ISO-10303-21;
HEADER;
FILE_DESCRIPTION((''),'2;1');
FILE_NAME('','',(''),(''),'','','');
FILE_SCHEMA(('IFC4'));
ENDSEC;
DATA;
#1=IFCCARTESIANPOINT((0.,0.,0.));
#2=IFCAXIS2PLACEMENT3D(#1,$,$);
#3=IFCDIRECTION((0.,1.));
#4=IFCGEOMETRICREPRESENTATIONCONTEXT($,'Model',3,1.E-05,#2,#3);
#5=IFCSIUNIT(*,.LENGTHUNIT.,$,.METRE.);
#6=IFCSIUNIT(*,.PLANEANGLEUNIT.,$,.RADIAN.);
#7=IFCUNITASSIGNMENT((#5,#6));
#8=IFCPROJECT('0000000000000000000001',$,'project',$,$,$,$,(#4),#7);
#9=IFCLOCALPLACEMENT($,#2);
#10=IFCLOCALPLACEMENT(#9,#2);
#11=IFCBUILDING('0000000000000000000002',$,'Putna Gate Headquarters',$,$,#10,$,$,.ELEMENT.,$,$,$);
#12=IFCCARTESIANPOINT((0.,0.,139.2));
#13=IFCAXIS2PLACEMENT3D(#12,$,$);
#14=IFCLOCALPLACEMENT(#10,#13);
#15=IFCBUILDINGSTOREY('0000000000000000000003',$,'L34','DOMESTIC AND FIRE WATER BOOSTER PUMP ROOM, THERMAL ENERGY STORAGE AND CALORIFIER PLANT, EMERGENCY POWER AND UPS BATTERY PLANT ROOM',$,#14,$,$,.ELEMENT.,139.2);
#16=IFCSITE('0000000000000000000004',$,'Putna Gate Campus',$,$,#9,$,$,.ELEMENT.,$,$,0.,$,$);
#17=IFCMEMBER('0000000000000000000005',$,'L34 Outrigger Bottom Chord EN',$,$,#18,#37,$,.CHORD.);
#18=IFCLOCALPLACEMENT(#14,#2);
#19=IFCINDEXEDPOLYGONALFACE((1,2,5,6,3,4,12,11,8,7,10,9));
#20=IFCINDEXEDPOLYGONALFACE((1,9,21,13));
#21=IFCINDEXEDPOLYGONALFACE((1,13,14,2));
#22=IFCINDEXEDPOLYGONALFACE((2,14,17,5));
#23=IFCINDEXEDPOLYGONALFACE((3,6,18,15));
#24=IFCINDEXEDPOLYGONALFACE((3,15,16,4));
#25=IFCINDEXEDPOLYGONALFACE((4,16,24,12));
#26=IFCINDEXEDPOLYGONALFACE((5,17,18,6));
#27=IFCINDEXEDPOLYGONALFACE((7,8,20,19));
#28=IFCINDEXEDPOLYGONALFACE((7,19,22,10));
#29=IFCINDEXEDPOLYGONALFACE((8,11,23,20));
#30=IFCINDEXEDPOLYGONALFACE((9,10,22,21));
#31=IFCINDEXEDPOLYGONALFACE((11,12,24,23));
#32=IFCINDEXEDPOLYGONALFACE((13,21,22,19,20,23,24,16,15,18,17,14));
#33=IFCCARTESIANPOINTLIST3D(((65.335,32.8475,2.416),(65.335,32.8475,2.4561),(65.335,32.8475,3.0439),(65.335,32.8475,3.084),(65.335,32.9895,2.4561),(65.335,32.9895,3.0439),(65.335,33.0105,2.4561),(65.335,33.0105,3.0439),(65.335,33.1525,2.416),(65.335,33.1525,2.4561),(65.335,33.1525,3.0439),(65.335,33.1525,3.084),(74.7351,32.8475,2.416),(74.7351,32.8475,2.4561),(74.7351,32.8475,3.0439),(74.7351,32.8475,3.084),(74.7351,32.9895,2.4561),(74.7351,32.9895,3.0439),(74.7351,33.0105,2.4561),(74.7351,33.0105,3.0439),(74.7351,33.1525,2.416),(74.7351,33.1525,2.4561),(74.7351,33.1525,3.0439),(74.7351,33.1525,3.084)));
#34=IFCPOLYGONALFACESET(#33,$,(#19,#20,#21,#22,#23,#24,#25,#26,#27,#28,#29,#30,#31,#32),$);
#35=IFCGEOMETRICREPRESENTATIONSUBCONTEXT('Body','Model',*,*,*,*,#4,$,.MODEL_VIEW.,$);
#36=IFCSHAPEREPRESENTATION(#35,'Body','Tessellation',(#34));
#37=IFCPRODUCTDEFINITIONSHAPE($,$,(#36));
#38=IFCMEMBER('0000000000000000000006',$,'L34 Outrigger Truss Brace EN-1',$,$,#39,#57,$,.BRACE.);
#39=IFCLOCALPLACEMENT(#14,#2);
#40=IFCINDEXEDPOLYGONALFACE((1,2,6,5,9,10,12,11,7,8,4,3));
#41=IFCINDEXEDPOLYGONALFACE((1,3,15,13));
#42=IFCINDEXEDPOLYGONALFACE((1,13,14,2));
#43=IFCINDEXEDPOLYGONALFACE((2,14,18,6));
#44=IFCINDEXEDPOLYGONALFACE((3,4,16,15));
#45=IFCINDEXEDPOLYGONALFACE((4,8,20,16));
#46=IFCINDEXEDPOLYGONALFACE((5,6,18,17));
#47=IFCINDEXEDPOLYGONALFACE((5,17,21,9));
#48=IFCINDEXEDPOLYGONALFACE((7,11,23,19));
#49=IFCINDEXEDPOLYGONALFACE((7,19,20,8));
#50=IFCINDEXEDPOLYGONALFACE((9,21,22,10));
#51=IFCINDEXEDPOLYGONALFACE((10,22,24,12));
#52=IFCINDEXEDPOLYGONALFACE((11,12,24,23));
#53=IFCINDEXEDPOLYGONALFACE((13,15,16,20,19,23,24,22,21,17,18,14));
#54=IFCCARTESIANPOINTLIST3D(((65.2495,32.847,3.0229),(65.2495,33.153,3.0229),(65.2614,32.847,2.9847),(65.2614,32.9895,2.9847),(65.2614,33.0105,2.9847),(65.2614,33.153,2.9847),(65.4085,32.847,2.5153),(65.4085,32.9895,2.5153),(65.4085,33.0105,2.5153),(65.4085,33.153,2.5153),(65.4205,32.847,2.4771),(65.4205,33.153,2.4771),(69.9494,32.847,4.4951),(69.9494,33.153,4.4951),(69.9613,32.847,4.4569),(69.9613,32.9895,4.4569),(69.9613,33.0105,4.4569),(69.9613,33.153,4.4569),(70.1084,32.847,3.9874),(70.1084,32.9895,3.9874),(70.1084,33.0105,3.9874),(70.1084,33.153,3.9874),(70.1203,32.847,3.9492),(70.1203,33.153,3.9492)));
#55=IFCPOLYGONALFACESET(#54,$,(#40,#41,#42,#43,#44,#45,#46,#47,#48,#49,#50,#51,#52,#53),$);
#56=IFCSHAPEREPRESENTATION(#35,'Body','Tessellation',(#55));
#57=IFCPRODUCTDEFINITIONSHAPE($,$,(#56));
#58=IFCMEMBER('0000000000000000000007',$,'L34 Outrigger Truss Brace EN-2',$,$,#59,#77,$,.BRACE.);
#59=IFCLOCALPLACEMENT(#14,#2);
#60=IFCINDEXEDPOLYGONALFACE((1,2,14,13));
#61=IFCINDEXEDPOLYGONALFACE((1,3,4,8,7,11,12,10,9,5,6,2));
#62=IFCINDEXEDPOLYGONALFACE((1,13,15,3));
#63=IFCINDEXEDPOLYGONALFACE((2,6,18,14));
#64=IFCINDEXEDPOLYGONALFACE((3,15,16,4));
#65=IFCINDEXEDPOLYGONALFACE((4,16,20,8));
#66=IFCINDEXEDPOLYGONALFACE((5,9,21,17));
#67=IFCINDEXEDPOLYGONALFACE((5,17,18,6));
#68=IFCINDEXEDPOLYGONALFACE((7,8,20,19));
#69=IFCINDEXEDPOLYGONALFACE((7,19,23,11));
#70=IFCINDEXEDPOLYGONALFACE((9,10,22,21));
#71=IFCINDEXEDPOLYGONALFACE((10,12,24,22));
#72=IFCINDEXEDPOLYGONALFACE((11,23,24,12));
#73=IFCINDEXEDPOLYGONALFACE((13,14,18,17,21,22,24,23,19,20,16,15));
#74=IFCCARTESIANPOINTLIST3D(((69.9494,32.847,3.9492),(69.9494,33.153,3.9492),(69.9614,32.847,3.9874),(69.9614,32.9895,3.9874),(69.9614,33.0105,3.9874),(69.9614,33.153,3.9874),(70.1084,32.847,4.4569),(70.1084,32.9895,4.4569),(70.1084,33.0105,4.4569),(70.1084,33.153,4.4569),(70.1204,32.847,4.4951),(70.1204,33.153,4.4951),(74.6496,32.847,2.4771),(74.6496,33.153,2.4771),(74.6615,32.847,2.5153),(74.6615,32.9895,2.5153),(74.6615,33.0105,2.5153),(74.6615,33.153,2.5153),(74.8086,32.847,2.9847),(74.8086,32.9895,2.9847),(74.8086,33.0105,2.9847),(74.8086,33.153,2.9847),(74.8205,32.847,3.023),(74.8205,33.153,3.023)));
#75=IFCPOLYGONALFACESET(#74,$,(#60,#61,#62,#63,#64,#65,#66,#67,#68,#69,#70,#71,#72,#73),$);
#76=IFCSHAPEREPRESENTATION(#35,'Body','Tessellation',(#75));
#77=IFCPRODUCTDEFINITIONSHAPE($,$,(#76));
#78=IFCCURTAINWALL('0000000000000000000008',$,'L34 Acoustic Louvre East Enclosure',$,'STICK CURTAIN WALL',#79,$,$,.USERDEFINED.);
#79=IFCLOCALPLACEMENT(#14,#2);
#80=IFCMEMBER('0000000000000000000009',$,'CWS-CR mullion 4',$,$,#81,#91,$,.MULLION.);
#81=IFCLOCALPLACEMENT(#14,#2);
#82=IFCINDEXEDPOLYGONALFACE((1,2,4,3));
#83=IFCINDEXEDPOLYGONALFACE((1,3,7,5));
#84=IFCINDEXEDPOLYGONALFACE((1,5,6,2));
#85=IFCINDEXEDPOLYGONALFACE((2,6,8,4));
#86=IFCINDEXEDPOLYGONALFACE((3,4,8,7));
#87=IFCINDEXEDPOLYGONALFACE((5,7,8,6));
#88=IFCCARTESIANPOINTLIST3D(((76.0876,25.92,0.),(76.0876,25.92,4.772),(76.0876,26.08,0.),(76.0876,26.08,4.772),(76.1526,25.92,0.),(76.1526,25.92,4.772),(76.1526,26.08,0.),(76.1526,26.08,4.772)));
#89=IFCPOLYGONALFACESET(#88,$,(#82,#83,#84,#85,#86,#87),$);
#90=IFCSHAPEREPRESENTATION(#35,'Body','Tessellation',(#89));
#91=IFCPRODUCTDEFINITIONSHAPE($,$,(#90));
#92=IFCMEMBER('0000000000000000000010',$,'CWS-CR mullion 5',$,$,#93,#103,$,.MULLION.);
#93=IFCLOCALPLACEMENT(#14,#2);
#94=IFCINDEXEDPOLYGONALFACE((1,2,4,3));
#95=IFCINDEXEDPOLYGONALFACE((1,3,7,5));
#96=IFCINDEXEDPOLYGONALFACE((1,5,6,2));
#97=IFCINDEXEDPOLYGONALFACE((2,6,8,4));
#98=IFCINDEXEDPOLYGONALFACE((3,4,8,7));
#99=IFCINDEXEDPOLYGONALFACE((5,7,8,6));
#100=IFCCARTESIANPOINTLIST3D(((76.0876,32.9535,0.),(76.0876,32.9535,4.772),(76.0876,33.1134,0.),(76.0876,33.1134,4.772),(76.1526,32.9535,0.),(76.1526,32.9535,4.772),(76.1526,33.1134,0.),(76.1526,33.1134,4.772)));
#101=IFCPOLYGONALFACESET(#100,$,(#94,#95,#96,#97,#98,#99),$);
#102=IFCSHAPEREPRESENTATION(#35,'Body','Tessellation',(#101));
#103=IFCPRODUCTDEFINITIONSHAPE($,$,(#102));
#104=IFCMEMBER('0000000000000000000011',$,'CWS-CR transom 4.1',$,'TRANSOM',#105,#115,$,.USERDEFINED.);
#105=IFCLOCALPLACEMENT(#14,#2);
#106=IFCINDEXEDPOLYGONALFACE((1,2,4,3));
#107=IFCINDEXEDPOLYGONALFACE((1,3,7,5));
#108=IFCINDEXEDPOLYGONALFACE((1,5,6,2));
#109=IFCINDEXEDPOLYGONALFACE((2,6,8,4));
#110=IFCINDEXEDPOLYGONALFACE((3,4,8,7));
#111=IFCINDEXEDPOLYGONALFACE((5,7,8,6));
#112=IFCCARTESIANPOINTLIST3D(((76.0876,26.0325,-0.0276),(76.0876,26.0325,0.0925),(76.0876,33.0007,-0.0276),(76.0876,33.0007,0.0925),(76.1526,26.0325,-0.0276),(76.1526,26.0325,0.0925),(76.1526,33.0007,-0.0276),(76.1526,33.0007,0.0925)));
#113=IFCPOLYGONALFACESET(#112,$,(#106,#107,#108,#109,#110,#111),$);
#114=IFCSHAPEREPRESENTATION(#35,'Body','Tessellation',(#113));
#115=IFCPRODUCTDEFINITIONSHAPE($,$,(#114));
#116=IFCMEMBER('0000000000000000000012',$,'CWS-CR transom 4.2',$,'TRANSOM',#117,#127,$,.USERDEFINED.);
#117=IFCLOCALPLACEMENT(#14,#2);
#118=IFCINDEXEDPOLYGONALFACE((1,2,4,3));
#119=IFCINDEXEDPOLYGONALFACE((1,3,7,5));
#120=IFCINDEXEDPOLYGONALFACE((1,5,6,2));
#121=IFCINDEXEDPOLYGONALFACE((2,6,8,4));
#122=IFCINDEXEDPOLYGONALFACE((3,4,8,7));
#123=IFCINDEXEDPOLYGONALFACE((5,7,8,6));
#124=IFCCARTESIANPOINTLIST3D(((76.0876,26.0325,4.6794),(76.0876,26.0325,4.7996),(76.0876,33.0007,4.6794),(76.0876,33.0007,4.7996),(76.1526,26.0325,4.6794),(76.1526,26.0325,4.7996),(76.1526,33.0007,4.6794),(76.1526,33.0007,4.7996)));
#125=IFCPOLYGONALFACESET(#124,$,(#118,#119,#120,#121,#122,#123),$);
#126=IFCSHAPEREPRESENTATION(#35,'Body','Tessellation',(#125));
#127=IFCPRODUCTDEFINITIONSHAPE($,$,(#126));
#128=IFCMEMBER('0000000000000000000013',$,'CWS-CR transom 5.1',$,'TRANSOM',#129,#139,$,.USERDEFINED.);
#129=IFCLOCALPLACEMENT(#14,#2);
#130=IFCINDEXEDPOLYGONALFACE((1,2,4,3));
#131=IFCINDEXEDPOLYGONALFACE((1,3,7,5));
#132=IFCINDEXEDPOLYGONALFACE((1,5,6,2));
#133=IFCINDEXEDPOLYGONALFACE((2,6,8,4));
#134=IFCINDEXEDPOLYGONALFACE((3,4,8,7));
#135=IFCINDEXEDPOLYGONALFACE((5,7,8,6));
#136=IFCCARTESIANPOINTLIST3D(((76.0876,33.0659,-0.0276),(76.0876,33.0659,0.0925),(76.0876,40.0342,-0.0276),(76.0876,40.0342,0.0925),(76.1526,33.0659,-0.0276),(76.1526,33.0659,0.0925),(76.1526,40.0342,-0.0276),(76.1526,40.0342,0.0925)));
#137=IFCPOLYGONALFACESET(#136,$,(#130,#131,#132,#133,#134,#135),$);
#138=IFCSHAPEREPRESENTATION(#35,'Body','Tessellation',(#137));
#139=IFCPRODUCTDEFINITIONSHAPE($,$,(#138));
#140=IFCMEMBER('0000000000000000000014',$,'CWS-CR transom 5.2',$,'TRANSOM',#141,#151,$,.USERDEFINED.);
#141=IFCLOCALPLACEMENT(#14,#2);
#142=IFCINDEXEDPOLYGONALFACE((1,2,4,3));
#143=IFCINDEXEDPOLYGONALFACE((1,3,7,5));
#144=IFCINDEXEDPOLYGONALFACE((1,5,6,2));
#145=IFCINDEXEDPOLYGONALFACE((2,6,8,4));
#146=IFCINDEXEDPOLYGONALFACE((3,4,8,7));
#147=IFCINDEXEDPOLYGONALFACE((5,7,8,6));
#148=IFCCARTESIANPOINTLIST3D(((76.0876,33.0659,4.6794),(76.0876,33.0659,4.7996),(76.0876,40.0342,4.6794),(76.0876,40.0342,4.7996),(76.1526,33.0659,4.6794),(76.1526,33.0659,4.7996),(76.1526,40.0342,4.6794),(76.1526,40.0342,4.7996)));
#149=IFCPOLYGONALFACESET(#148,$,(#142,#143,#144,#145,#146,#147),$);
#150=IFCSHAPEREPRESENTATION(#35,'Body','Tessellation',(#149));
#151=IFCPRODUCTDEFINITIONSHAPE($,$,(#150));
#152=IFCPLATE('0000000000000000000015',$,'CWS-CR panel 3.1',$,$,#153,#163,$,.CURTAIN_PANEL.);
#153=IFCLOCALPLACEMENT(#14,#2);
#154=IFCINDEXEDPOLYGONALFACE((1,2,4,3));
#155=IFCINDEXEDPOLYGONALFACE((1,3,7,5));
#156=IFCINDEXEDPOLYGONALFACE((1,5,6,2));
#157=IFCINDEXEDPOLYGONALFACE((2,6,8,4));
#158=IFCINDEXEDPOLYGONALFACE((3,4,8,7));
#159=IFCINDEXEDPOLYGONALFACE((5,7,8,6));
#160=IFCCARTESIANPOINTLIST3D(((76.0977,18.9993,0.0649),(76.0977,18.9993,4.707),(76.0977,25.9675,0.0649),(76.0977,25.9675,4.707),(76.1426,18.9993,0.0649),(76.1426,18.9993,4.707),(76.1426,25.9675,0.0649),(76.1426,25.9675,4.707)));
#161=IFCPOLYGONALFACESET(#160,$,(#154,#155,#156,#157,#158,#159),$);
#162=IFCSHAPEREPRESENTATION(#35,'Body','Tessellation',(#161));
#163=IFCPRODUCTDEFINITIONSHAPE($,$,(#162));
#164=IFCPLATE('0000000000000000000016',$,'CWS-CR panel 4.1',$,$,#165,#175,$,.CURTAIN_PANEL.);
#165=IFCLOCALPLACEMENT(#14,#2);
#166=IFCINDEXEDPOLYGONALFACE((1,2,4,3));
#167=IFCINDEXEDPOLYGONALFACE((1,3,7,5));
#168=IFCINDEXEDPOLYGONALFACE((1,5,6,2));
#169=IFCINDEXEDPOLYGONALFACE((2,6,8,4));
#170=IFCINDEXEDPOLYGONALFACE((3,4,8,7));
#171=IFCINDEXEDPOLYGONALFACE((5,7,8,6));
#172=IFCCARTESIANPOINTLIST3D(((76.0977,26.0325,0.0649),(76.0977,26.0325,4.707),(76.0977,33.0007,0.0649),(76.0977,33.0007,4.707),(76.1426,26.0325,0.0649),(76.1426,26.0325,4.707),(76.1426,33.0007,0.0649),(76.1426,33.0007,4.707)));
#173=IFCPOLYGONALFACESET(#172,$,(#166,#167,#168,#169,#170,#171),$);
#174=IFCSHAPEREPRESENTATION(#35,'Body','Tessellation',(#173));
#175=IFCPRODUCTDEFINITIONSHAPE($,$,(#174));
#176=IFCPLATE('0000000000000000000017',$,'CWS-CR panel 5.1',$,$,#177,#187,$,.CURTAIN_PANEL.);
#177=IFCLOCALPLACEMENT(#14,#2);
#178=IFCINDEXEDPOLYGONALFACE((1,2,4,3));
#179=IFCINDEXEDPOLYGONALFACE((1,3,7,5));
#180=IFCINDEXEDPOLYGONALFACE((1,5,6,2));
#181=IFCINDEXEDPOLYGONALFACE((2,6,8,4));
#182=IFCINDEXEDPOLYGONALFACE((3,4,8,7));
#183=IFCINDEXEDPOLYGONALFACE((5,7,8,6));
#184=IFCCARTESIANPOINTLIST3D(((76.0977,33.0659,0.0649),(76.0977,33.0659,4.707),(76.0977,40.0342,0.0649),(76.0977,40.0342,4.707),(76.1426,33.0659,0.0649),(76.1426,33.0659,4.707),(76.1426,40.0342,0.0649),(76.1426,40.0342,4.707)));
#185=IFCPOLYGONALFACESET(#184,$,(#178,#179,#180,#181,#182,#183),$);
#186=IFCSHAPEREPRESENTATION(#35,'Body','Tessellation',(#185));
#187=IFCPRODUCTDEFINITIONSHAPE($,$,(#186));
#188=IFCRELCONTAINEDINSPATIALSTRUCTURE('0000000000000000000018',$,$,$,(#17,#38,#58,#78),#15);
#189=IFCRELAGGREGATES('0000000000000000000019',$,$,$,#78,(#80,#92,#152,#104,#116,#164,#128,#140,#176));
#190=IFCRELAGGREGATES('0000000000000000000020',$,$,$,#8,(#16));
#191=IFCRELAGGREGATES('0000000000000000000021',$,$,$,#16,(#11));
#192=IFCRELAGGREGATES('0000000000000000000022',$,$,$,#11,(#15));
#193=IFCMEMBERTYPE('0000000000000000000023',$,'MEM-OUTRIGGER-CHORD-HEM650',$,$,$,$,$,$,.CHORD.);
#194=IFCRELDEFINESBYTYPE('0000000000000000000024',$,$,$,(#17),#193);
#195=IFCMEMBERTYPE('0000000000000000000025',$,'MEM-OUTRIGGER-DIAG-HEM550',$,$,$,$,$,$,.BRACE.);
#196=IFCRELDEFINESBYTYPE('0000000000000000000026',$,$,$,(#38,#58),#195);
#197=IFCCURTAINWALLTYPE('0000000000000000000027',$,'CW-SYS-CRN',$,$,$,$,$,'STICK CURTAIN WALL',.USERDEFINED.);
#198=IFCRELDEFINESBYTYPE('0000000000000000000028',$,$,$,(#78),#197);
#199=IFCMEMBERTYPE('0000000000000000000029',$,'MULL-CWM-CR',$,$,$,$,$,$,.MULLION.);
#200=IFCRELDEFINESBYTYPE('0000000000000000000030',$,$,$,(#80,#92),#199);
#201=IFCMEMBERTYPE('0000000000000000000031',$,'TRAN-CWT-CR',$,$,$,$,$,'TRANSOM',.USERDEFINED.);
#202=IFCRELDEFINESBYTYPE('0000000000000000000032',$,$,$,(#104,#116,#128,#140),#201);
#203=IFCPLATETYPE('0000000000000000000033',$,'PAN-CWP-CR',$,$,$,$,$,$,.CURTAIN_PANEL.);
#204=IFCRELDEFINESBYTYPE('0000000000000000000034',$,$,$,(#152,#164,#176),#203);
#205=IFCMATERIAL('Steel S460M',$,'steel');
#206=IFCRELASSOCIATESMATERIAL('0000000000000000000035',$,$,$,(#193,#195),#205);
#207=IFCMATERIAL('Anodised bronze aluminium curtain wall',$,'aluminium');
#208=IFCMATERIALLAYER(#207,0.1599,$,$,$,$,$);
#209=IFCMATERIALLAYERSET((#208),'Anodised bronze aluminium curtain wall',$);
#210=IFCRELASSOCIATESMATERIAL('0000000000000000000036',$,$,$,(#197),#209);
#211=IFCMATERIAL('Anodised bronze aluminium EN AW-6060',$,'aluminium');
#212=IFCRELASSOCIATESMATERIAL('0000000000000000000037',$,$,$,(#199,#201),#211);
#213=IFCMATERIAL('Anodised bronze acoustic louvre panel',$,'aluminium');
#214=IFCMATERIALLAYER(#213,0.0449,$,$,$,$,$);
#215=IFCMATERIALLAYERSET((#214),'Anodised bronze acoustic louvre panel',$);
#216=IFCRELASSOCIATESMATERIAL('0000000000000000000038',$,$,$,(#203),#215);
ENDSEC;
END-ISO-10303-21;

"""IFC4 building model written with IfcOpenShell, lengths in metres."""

from ifc_helpers import new_model, si_unit, direction, frame, origin, origin_2d, place, context, subcontext, project, spatial, rectangle, i_section, extrude, material, layer, layer_set, material_profile, profile_set, type_object, element, aggregate, save


model = new_model("IFC4")

# Units and contexts
model_context = context("Model", 3, precision=1e-05, world=origin(), true_north=direction((0.0, 1.0)))
body_context = subcontext(model_context, "Body", "Model", "MODEL_VIEW")
ifc_project = project(units=[si_unit("LENGTHUNIT", "METRE"), si_unit("PLANEANGLEUNIT", "RADIAN")], contexts=[model_context])

# Site, building, storey
site_placement = place(None, origin())
site = spatial("IfcSite", under=ifc_project, at=site_placement, Name="Putna Gate Campus", CompositionType="ELEMENT", RefElevation=0.0)
building_placement = place(site_placement, origin())
building = spatial("IfcBuilding", under=site, at=building_placement, Name="Putna Gate Headquarters", CompositionType="ELEMENT")
storey_placement = place(building_placement, frame((0.0, 0.0, 139.2)))
storey = spatial("IfcBuildingStorey", under=building, at=storey_placement, Name="L34", Description="DOMESTIC AND FIRE WATER BOOSTER PUMP ROOM, THERMAL ENERGY STORAGE AND CALORIFIER PLANT, EMERGENCY POWER AND UPS BATTERY PLANT ROOM", CompositionType="ELEMENT", Elevation=139.2)

# Members
ifc_material_1 = material(Name="Steel S460M", Category="steel")
ifc_material_profile_1 = material_profile(ifc_material_1, i_section(OverallWidth=0.3049, OverallDepth=0.668, WebThickness=0.021, FlangeThickness=0.04, at=origin_2d()), Name="Steel S460M")
ifc_profile_set_1 = profile_set([ifc_material_profile_1], Name="Steel S460M")
member_type_1 = type_object("IfcMemberType", Name="MEM-OUTRIGGER-CHORD-HEM650", PredefinedType="CHORD", material=ifc_profile_set_1)
member_1_placement = place(storey_placement, frame((65.335, 33.0, 2.75), z_axis=(1.0, 0.0, 0.0), x_axis=(0.0, 1.0, 0.0)))
element("IfcMember", 1, at=member_1_placement, inside=storey, type_object=member_type_1, Name="L34 Outrigger Bottom Chord EN", PredefinedType="CHORD", context=body_context, shape_type="SweptSolid", body=[
    extrude(i_section(OverallWidth=0.3049, OverallDepth=0.668, WebThickness=0.021, FlangeThickness=0.04, at=origin_2d()), origin(), (0.0, 0.0, 1.0), 9.4001),
])
ifc_material_profile_2 = material_profile(ifc_material_1, i_section(OverallWidth=0.3059, OverallDepth=0.572, WebThickness=0.021, FlangeThickness=0.04, at=origin_2d()), Name="Steel S460M")
ifc_profile_set_2 = profile_set([ifc_material_profile_2], Name="Steel S460M")
member_type_2 = type_object("IfcMemberType", Name="MEM-OUTRIGGER-DIAG-HEM550", PredefinedType="BRACE", material=ifc_profile_set_2)
member_2_placement = place(storey_placement, frame((65.335, 33.0, 2.75), z_axis=(0.954281, 0.0, 0.29891), x_axis=(0.0, 1.0, 0.0)))
element("IfcMember", 2, at=member_2_placement, inside=storey, type_object=member_type_2, Name="L34 Outrigger Truss Brace EN-1", PredefinedType="BRACE", context=body_context, shape_type="SweptSolid", body=[
    extrude(i_section(OverallWidth=0.3059, OverallDepth=0.572, WebThickness=0.021, FlangeThickness=0.04, at=origin_2d()), origin(), (0.0, 0.0, 1.0), 4.925),
])
member_3_placement = place(storey_placement, frame((70.0349, 33.0, 4.2222), z_axis=(0.954286, 0.0, -0.298896), x_axis=(0.0, 1.0, 0.0)))
element("IfcMember", 3, at=member_3_placement, inside=storey, type_object=member_type_2, Name="L34 Outrigger Truss Brace EN-2", PredefinedType="BRACE", context=body_context, shape_type="SweptSolid", body=[
    extrude(i_section(OverallWidth=0.3059, OverallDepth=0.572, WebThickness=0.021, FlangeThickness=0.04, at=origin_2d()), origin(), (0.0, 0.0, 1.0), 4.9253),
])

# Curtain wall, members, plates
ifc_material_2 = material(Name="Anodised bronze aluminium curtain wall", Category="aluminium")
ifc_layer_1 = layer(ifc_material_2, 0.1599)
ifc_layer_set_1 = layer_set([ifc_layer_1], Name="Anodised bronze aluminium curtain wall")
curtain_wall_type = type_object("IfcCurtainWallType", Name="CW-SYS-CRN", ElementType="STICK CURTAIN WALL", PredefinedType="USERDEFINED", material=ifc_layer_set_1)
curtain_wall_placement = place(storey_placement, origin())
curtain_wall = element("IfcCurtainWall", 4, at=curtain_wall_placement, inside=storey, type_object=curtain_wall_type, Name="L34 Acoustic Louvre East Enclosure", ObjectType="STICK CURTAIN WALL", PredefinedType="USERDEFINED")
ifc_material_3 = material(Name="Anodised bronze aluminium EN AW-6060", Category="aluminium")
ifc_material_profile_3 = material_profile(ifc_material_3, rectangle(XDim=0.0649, YDim=0.1599, at=origin_2d()), Name="Anodised bronze aluminium EN AW-6060")
ifc_profile_set_3 = profile_set([ifc_material_profile_3], Name="Anodised bronze aluminium EN AW-6060")
member_type_3 = type_object("IfcMemberType", Name="MULL-CWM-CR", PredefinedType="MULLION", material=ifc_profile_set_3)
member_4_placement = place(storey_placement, frame((76.1201, 26.0, 0.0), z_axis=(0.0, 0.0, 1.0), x_axis=(-1.0, 0.0, 0.0)))
member_4 = element("IfcMember", 5, at=member_4_placement, type_object=member_type_3, Name="CWS-CR mullion 4", PredefinedType="MULLION", context=body_context, shape_type="SweptSolid", body=[
    extrude(rectangle(XDim=0.0649, YDim=0.1599, at=origin_2d()), origin(), (0.0, 0.0, 1.0), 4.772),
])
member_5_placement = place(storey_placement, frame((76.1201, 33.0334, 0.0), z_axis=(0.0, 0.0, 1.0), x_axis=(-1.0, 0.0, 0.0)))
member_5 = element("IfcMember", 6, at=member_5_placement, type_object=member_type_3, Name="CWS-CR mullion 5", PredefinedType="MULLION", context=body_context, shape_type="SweptSolid", body=[
    extrude(rectangle(XDim=0.0649, YDim=0.1599, at=origin_2d()), origin(), (0.0, 0.0, 1.0), 4.772),
])
ifc_material_profile_4 = material_profile(ifc_material_3, rectangle(XDim=0.0649, YDim=0.1201, at=origin_2d()), Name="Anodised bronze aluminium EN AW-6060")
ifc_profile_set_4 = profile_set([ifc_material_profile_4], Name="Anodised bronze aluminium EN AW-6060")
member_type_4 = type_object("IfcMemberType", Name="TRAN-CWT-CR", ElementType="TRANSOM", PredefinedType="USERDEFINED", material=ifc_profile_set_4)
member_6_placement = place(storey_placement, frame((76.1201, 26.0325, 0.0325), z_axis=(0.0, 1.0, 0.0), x_axis=(-1.0, 0.0, 0.0)))
member_6 = element("IfcMember", 7, at=member_6_placement, type_object=member_type_4, Name="CWS-CR transom 4.1", ObjectType="TRANSOM", PredefinedType="USERDEFINED", context=body_context, shape_type="SweptSolid", body=[
    extrude(rectangle(XDim=0.0649, YDim=0.1201, at=origin_2d()), origin(), (0.0, 0.0, 1.0), 6.9683),
])
member_7_placement = place(storey_placement, frame((76.1201, 26.0325, 4.7395), z_axis=(0.0, 1.0, 0.0), x_axis=(-1.0, 0.0, 0.0)))
member_7 = element("IfcMember", 8, at=member_7_placement, type_object=member_type_4, Name="CWS-CR transom 4.2", ObjectType="TRANSOM", PredefinedType="USERDEFINED", context=body_context, shape_type="SweptSolid", body=[
    extrude(rectangle(XDim=0.0649, YDim=0.1201, at=origin_2d()), origin(), (0.0, 0.0, 1.0), 6.9683),
])
member_8_placement = place(storey_placement, frame((76.1201, 33.0659, 0.0325), z_axis=(0.0, 1.0, 0.0), x_axis=(-1.0, 0.0, 0.0)))
member_8 = element("IfcMember", 9, at=member_8_placement, type_object=member_type_4, Name="CWS-CR transom 5.1", ObjectType="TRANSOM", PredefinedType="USERDEFINED", context=body_context, shape_type="SweptSolid", body=[
    extrude(rectangle(XDim=0.0649, YDim=0.1201, at=origin_2d()), origin(), (0.0, 0.0, 1.0), 6.9683),
])
member_9_placement = place(storey_placement, frame((76.1201, 33.0659, 4.7395), z_axis=(0.0, 1.0, 0.0), x_axis=(-1.0, 0.0, 0.0)))
member_9 = element("IfcMember", 10, at=member_9_placement, type_object=member_type_4, Name="CWS-CR transom 5.2", ObjectType="TRANSOM", PredefinedType="USERDEFINED", context=body_context, shape_type="SweptSolid", body=[
    extrude(rectangle(XDim=0.0649, YDim=0.1201, at=origin_2d()), origin(), (0.0, 0.0, 1.0), 6.9683),
])
ifc_material_4 = material(Name="Anodised bronze acoustic louvre panel", Category="aluminium")
ifc_layer_2 = layer(ifc_material_4, 0.0449)
ifc_layer_set_2 = layer_set([ifc_layer_2], Name="Anodised bronze acoustic louvre panel")
plate_type_1 = type_object("IfcPlateType", Name="PAN-CWP-CR", PredefinedType="CURTAIN_PANEL", material=ifc_layer_set_2)
plate_1_placement = place(storey_placement, frame((76.1201, 22.4834, 0.0649), z_axis=(0.0, 0.0, 1.0), x_axis=(0.0, 1.0, 0.0)))
plate_1 = element("IfcPlate", 11, at=plate_1_placement, type_object=plate_type_1, Name="CWS-CR panel 3.1", PredefinedType="CURTAIN_PANEL", context=body_context, shape_type="SweptSolid", body=[
    extrude(rectangle(XDim=6.9683, YDim=0.0449, at=origin_2d()), origin(), (0.0, 0.0, 1.0), 4.6421),
])
plate_2_placement = place(storey_placement, frame((76.1201, 29.5166, 0.0649), z_axis=(0.0, 0.0, 1.0), x_axis=(0.0, 1.0, 0.0)))
plate_2 = element("IfcPlate", 12, at=plate_2_placement, type_object=plate_type_1, Name="CWS-CR panel 4.1", PredefinedType="CURTAIN_PANEL", context=body_context, shape_type="SweptSolid", body=[
    extrude(rectangle(XDim=6.9683, YDim=0.0449, at=origin_2d()), origin(), (0.0, 0.0, 1.0), 4.6421),
])
plate_3_placement = place(storey_placement, frame((76.1201, 36.55, 0.0649), z_axis=(0.0, 0.0, 1.0), x_axis=(0.0, 1.0, 0.0)))
plate_3 = element("IfcPlate", 13, at=plate_3_placement, type_object=plate_type_1, Name="CWS-CR panel 5.1", PredefinedType="CURTAIN_PANEL", context=body_context, shape_type="SweptSolid", body=[
    extrude(rectangle(XDim=6.9683, YDim=0.0449, at=origin_2d()), origin(), (0.0, 0.0, 1.0), 4.6421),
])
aggregate(curtain_wall, [member_4, member_5, plate_1, member_6, member_7, plate_2, member_8, member_9, plate_3])

save(model, "model.ifc")
